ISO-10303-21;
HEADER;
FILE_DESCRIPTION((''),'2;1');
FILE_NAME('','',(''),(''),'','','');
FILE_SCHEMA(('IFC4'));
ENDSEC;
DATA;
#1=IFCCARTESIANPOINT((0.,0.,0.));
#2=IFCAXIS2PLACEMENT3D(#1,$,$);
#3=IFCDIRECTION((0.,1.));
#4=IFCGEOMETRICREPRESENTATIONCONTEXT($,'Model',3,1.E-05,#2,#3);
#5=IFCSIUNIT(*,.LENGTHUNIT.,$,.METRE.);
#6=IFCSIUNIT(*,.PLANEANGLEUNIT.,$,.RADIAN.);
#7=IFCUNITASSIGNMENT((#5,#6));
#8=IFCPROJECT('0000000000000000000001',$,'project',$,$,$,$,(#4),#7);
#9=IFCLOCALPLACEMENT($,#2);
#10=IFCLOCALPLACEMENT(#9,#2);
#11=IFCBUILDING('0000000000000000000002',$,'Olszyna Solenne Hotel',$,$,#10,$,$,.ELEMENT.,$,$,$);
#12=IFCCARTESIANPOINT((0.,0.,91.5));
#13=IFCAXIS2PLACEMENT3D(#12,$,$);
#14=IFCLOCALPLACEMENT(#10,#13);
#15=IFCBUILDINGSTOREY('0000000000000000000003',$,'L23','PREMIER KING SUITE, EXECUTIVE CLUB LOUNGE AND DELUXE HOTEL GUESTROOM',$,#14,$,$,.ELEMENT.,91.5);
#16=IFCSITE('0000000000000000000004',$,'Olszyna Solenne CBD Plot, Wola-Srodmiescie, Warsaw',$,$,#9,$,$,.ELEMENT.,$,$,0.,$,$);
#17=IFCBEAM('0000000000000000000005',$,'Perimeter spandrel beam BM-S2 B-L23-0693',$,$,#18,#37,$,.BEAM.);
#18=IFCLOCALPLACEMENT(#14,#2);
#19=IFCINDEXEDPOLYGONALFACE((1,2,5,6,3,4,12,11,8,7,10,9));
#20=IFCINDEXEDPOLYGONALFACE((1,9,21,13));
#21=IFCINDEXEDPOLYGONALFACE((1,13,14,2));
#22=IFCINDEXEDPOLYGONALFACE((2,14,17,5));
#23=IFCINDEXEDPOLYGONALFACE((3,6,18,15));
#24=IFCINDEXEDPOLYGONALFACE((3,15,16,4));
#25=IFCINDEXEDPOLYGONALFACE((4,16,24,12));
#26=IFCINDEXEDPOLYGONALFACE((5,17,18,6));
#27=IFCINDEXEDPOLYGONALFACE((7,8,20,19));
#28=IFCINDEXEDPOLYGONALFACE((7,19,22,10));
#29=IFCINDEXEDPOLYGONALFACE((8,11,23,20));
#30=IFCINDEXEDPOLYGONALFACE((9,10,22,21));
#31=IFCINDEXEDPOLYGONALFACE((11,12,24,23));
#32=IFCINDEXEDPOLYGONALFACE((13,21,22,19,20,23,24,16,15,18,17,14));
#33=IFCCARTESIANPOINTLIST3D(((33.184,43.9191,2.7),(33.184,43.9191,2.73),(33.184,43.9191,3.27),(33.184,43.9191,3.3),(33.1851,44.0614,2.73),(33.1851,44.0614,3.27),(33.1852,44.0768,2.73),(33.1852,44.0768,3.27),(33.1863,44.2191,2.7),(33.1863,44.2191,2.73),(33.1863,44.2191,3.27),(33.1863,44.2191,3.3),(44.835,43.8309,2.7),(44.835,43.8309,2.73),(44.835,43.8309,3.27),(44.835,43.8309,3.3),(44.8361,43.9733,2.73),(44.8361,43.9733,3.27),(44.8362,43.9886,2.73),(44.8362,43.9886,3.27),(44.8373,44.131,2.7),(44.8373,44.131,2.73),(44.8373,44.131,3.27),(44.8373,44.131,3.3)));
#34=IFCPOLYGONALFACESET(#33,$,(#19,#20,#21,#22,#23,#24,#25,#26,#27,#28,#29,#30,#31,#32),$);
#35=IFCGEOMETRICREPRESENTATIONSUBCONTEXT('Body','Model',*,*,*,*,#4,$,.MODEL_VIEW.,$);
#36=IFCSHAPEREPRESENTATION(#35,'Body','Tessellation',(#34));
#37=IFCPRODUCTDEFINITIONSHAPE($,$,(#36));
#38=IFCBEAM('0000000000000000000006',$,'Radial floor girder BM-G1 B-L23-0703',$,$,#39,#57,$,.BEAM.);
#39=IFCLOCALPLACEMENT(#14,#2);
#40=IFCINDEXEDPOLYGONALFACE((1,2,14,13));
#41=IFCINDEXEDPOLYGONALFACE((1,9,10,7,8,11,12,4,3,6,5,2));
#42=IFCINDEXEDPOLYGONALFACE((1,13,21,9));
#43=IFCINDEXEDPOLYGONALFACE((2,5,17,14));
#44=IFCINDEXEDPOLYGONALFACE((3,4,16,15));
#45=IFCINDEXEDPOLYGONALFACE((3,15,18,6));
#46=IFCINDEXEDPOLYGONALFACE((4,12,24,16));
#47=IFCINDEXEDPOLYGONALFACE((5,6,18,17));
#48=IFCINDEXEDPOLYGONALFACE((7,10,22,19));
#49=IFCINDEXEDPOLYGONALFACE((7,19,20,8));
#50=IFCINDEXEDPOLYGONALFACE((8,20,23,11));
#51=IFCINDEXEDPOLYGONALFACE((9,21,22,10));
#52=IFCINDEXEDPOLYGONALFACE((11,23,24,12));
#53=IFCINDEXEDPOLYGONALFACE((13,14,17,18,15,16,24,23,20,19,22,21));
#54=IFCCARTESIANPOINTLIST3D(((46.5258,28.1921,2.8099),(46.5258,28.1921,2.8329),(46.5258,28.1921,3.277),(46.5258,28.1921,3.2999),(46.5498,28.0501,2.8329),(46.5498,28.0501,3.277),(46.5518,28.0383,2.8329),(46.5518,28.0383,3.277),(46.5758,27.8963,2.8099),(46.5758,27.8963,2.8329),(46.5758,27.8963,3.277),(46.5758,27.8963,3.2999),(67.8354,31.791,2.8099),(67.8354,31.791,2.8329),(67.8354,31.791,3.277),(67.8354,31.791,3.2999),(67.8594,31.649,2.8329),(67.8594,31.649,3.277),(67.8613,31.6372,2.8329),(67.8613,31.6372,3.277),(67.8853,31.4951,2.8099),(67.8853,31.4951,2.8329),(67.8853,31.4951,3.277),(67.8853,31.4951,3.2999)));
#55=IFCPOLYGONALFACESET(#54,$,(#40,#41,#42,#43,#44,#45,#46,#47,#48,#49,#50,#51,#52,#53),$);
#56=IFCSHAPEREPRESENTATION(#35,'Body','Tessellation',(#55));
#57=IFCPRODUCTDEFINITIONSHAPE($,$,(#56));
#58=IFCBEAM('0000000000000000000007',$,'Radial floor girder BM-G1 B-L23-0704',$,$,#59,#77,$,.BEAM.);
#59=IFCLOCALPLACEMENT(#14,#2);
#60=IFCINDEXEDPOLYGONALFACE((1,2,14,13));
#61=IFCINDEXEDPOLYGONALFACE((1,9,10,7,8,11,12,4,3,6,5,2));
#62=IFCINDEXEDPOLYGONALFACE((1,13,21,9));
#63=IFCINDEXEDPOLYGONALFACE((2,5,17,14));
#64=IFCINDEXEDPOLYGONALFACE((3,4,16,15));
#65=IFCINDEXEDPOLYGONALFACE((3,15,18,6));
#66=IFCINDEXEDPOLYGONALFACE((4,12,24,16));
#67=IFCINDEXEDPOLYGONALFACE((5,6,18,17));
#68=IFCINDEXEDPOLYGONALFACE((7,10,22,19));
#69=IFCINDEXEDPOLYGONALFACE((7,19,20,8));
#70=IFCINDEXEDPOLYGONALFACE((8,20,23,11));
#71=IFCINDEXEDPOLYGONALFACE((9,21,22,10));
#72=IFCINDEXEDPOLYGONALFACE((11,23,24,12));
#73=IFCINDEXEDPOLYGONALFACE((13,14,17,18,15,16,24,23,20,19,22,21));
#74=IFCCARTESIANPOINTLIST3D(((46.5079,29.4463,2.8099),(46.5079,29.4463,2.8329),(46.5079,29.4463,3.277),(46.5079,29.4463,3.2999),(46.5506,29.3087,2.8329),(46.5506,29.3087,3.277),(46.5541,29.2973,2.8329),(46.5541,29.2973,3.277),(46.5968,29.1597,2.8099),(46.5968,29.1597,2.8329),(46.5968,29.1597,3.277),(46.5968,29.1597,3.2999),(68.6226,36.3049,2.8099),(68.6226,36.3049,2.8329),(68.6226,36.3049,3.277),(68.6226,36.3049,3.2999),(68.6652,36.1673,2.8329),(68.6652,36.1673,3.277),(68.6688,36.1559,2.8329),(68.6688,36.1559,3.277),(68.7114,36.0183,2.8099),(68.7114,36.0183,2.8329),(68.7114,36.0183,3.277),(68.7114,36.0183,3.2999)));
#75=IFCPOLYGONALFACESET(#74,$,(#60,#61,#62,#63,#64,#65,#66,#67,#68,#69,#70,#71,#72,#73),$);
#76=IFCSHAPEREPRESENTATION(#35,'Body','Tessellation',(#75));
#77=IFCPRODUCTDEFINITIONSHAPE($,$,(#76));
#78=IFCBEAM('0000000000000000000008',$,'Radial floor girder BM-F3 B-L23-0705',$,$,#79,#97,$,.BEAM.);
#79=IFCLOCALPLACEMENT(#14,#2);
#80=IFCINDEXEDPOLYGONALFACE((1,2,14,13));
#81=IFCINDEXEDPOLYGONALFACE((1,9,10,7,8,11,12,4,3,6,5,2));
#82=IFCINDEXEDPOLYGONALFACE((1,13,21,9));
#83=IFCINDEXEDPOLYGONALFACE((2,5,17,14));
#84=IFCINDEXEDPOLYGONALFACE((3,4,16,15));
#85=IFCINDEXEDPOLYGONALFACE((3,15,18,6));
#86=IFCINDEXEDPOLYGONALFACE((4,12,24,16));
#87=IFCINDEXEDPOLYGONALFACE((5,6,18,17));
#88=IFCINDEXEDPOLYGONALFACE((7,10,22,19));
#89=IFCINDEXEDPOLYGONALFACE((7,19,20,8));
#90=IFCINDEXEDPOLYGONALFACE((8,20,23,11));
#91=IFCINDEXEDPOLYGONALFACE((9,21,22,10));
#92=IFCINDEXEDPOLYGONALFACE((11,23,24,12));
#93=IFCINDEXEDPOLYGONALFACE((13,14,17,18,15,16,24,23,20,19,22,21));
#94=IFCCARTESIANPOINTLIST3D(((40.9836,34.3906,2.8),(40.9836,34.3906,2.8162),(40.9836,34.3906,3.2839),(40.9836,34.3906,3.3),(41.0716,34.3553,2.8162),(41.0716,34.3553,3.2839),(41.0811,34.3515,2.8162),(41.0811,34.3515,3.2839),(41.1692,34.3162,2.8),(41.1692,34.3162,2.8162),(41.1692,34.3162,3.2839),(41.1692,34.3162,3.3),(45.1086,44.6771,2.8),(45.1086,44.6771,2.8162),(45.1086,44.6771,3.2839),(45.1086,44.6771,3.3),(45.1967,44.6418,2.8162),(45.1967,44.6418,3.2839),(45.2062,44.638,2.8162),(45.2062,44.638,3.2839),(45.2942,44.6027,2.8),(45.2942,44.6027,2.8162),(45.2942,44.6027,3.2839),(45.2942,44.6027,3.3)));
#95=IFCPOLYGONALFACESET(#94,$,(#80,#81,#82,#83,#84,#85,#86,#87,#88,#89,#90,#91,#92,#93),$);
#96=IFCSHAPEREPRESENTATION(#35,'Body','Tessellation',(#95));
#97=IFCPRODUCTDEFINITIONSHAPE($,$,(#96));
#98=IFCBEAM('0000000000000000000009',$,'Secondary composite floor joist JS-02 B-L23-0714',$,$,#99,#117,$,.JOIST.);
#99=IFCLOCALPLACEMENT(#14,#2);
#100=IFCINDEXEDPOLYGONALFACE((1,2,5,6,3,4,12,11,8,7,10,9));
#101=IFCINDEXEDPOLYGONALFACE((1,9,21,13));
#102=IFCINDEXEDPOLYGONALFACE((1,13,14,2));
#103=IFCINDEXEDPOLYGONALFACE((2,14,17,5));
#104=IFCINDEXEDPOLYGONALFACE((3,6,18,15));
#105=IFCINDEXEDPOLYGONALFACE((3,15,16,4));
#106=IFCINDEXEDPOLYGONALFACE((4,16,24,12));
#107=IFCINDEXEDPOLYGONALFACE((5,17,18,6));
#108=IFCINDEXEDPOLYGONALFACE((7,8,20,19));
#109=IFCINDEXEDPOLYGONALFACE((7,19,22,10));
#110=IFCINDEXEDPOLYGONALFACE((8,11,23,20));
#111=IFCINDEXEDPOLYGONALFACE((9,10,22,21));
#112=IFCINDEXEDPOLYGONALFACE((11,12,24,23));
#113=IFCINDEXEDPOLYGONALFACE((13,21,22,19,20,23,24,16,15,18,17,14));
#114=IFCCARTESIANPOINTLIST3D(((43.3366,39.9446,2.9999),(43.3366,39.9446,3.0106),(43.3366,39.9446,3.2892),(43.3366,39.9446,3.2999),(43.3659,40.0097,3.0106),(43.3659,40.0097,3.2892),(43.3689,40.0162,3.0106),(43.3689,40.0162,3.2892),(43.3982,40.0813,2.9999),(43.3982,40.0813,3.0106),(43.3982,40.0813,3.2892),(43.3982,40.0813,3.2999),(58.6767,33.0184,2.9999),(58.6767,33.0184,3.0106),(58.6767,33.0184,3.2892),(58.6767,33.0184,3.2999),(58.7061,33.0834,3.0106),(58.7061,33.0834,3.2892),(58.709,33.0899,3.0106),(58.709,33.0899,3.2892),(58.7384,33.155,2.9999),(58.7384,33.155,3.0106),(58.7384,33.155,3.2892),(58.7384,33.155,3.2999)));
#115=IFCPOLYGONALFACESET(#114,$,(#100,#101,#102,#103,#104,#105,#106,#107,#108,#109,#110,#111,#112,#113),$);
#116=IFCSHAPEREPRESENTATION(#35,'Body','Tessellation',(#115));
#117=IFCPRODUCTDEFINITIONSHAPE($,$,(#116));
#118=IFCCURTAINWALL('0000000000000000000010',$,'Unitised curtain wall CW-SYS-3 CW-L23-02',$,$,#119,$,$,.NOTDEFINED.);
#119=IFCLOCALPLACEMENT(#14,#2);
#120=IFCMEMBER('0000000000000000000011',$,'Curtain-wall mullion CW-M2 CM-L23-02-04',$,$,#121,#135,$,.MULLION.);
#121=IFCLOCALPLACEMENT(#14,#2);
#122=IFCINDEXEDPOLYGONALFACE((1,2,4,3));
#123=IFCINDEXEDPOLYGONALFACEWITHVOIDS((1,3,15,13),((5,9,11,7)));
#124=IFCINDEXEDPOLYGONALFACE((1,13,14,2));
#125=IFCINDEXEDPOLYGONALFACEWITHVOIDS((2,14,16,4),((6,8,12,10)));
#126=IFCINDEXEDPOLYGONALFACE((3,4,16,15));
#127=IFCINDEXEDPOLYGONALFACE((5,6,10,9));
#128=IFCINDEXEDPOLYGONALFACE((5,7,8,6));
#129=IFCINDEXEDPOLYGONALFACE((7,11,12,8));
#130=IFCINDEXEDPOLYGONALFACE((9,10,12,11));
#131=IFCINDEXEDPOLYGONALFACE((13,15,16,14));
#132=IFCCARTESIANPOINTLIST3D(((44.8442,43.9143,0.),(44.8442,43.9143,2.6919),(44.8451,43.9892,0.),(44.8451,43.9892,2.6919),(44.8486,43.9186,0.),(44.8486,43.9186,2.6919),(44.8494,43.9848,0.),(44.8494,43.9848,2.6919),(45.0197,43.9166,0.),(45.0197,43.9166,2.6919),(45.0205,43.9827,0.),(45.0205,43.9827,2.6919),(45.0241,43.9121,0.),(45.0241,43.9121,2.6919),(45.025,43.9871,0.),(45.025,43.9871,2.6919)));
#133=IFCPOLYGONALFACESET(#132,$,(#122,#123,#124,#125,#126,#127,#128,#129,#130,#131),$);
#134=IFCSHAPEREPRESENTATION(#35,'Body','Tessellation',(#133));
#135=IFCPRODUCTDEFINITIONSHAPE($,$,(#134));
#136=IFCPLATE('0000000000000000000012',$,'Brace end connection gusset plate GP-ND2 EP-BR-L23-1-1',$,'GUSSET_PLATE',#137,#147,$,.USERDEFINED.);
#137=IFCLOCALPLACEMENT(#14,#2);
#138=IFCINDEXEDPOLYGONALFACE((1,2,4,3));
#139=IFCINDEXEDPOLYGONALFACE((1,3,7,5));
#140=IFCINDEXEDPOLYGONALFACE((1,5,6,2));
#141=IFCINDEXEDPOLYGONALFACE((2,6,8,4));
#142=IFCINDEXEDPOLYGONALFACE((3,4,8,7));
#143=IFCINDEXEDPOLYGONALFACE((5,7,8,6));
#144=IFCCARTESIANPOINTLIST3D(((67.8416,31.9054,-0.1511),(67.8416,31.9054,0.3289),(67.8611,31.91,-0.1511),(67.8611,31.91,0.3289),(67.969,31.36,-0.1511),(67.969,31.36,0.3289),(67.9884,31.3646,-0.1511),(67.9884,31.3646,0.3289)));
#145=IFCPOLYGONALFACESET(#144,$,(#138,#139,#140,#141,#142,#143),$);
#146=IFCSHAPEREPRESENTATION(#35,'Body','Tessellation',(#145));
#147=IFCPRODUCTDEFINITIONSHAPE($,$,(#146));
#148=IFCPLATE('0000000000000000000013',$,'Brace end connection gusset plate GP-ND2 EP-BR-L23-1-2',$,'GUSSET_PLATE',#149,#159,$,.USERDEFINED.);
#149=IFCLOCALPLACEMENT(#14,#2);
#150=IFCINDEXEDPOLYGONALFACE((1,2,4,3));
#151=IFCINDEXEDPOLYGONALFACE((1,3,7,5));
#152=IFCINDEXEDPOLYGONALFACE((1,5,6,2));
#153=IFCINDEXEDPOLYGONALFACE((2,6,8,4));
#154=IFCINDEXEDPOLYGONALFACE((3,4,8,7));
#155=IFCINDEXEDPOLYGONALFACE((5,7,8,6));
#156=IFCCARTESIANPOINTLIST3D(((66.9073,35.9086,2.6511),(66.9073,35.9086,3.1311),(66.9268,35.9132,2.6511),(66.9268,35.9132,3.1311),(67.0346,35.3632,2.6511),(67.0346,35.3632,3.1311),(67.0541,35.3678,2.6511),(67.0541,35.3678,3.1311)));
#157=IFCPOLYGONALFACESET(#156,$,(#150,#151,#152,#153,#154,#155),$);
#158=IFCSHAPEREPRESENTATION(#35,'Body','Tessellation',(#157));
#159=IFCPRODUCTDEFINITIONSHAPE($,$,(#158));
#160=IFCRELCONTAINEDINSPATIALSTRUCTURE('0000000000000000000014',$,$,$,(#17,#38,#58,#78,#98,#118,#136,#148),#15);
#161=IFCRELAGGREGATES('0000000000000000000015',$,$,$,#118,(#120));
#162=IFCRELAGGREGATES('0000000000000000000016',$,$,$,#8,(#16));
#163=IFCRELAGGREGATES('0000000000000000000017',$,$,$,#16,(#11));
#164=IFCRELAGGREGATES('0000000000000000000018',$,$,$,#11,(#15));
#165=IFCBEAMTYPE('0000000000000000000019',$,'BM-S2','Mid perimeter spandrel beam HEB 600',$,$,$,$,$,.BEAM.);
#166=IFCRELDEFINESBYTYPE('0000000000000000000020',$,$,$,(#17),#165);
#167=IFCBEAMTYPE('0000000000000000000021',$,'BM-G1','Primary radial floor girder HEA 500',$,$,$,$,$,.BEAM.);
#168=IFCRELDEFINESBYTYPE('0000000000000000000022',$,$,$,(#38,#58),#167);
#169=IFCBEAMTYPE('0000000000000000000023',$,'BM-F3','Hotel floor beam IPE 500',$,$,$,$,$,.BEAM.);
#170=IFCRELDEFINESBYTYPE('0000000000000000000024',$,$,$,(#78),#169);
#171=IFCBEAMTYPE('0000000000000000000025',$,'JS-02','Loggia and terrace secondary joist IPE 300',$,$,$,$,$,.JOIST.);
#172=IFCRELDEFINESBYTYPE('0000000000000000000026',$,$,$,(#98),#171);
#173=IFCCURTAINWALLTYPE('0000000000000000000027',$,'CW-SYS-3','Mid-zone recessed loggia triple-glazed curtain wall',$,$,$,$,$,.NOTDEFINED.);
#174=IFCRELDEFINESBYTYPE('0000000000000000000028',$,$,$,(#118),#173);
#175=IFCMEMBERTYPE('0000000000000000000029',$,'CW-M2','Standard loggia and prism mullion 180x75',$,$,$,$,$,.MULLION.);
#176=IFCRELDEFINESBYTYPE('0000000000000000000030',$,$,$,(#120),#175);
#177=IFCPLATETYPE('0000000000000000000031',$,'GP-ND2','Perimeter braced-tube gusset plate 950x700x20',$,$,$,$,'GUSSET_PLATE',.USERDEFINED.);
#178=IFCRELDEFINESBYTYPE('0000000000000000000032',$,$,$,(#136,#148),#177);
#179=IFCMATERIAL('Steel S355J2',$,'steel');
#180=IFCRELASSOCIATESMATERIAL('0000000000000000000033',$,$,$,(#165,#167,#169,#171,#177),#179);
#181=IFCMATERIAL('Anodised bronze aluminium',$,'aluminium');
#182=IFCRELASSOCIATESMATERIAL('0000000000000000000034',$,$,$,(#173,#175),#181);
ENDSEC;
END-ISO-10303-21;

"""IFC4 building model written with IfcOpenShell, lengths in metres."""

from ifc_helpers import new_model, si_unit, direction, frame, origin, origin_2d, place, context, subcontext, project, spatial, rectangle, hollow_rectangle, i_section, extrude, source, transform, mapped, material, material_profile, profile_set, type_object, element, aggregate, save


model = new_model("IFC4")

# Units and contexts
model_context = context("Model", 3, precision=1e-05, world=origin(), true_north=direction((0.0, 1.0)))
body_context = subcontext(model_context, "Body", "Model", "MODEL_VIEW")
ifc_project = project(units=[si_unit("LENGTHUNIT", "METRE"), si_unit("PLANEANGLEUNIT", "RADIAN")], contexts=[model_context])

# Site, building, storey
site_placement = place(None, origin())
site = spatial("IfcSite", under=ifc_project, at=site_placement, Name="Olszyna Solenne CBD Plot, Wola-Srodmiescie, Warsaw", CompositionType="ELEMENT", RefElevation=0.0)
building_placement = place(site_placement, origin())
building = spatial("IfcBuilding", under=site, at=building_placement, Name="Olszyna Solenne Hotel", CompositionType="ELEMENT")
storey_placement = place(building_placement, frame((0.0, 0.0, 91.5)))
storey = spatial("IfcBuildingStorey", under=building, at=storey_placement, Name="L23", Description="PREMIER KING SUITE, EXECUTIVE CLUB LOUNGE AND DELUXE HOTEL GUESTROOM", CompositionType="ELEMENT", Elevation=91.5)

# Shared definitions
ifc_material_1 = material(Name="Steel S355J2", Category="steel")
ifc_material_profile_1 = material_profile(ifc_material_1, i_section(OverallWidth=0.3, OverallDepth=0.6001, WebThickness=0.0154, FlangeThickness=0.03, at=origin_2d()), Name="HEB 600", Category="load-bearing")
ifc_profile_set_1 = profile_set([ifc_material_profile_1], Name="Steel S355J2")
beam_type_1 = type_object("IfcBeamType", Name="BM-S2", Description="Mid perimeter spandrel beam HEB 600", PredefinedType="BEAM", material=ifc_profile_set_1)

# Beams
shared_shape_1 = source(origin(), body_context, "Body", "SweptSolid", [
    extrude(i_section(OverallWidth=0.3, OverallDepth=0.6001, WebThickness=0.0154, FlangeThickness=0.03, at=origin_2d()), origin(), (0.0, 0.0, 1.0), 11.6514),
])
beam_1_placement = place(storey_placement, frame((44.8362, 43.981, 3.0), z_axis=(-0.999971, 0.007564, 0.0), x_axis=(-0.007564, -0.999971, 0.0)))
element("IfcBeam", 1, at=beam_1_placement, inside=storey, type_object=beam_type_1, Name="Perimeter spandrel beam BM-S2 B-L23-0693", PredefinedType="BEAM", context=body_context, shape_type="MappedRepresentation", body=[
    mapped(shared_shape_1, transform((0.0, 0.0, 0.0), x_axis=(1.0, 0.0, 0.0), y_axis=(0.0, 1.0, 0.0), z_axis=(0.0, 0.0, 1.0), scale=1.0)),
])
ifc_material_profile_2 = material_profile(ifc_material_1, i_section(OverallWidth=0.3, OverallDepth=0.49, WebThickness=0.012, FlangeThickness=0.0229, at=origin_2d()), Name="HEA 500", Category="load-bearing")
ifc_profile_set_2 = profile_set([ifc_material_profile_2], Name="Steel S355J2")
beam_type_2 = type_object("IfcBeamType", Name="BM-G1", Description="Primary radial floor girder HEA 500", PredefinedType="BEAM", material=ifc_profile_set_2)
shared_shape_2 = source(origin(), body_context, "Body", "SweptSolid", [
    extrude(i_section(OverallWidth=0.3, OverallDepth=0.49, WebThickness=0.012, FlangeThickness=0.0229, at=origin_2d()), origin(), (0.0, 0.0, 1.0), 21.6113),
])
beam_2_placement = place(storey_placement, frame((67.8604, 31.6431, 3.0549), z_axis=(-0.986037, -0.166527, 0.0), x_axis=(0.166527, -0.986037, 0.0)))
element("IfcBeam", 2, at=beam_2_placement, inside=storey, type_object=beam_type_2, Name="Radial floor girder BM-G1 B-L23-0703", PredefinedType="BEAM", context=body_context, shape_type="MappedRepresentation", body=[
    mapped(shared_shape_2, transform((0.0, 0.0, 0.0), x_axis=(1.0, 0.0, 0.0), y_axis=(0.0, 1.0, 0.0), z_axis=(0.0, 0.0, 1.0), scale=1.0)),
])
shared_shape_3 = source(origin(), body_context, "Body", "SweptSolid", [
    extrude(i_section(OverallWidth=0.3, OverallDepth=0.49, WebThickness=0.012, FlangeThickness=0.0229, at=origin_2d()), origin(), (0.0, 0.0, 1.0), 23.1538),
])
beam_3_placement = place(storey_placement, frame((68.667, 36.1616, 3.0549), z_axis=(-0.95512, -0.29622, 0.0), x_axis=(0.29622, -0.95512, 0.0)))
element("IfcBeam", 3, at=beam_3_placement, inside=storey, type_object=beam_type_2, Name="Radial floor girder BM-G1 B-L23-0704", PredefinedType="BEAM", context=body_context, shape_type="MappedRepresentation", body=[
    mapped(shared_shape_3, transform((0.0, 0.0, 0.0), x_axis=(1.0, 0.0, 0.0), y_axis=(0.0, 1.0, 0.0), z_axis=(0.0, 0.0, 1.0), scale=1.0)),
])
ifc_material_profile_3 = material_profile(ifc_material_1, i_section(OverallWidth=0.2, OverallDepth=0.5, WebThickness=0.0103, FlangeThickness=0.0161, at=origin_2d()), Name="IPE 500", Category="load-bearing")
ifc_profile_set_3 = profile_set([ifc_material_profile_3], Name="Steel S355J2")
beam_type_3 = type_object("IfcBeamType", Name="BM-F3", Description="Hotel floor beam IPE 500", PredefinedType="BEAM", material=ifc_profile_set_3)
shared_shape_4 = source(origin(), body_context, "Body", "SweptSolid", [
    extrude(i_section(OverallWidth=0.2, OverallDepth=0.5, WebThickness=0.0103, FlangeThickness=0.0161, at=origin_2d()), origin(), (0.0, 0.0, 1.0), 11.0828),
])
beam_4_placement = place(storey_placement, frame((45.2014, 44.6399, 3.05), z_axis=(-0.372203, -0.928151, 0.0), x_axis=(0.928151, -0.372203, 0.0)))
element("IfcBeam", 4, at=beam_4_placement, inside=storey, type_object=beam_type_3, Name="Radial floor girder BM-F3 B-L23-0705", PredefinedType="BEAM", context=body_context, shape_type="MappedRepresentation", body=[
    mapped(shared_shape_4, transform((0.0, 0.0, 0.0), x_axis=(1.0, 0.0, 0.0), y_axis=(0.0, 1.0, 0.0), z_axis=(0.0, 0.0, 1.0), scale=1.0)),
])
ifc_material_profile_4 = material_profile(ifc_material_1, i_section(OverallWidth=0.1499, OverallDepth=0.3, WebThickness=0.0071, FlangeThickness=0.0107, at=origin_2d()), Name="IPE 300", Category="load-bearing")
ifc_profile_set_4 = profile_set([ifc_material_profile_4], Name="Steel S355J2")
beam_type_4 = type_object("IfcBeamType", Name="JS-02", Description="Loggia and terrace secondary joist IPE 300", PredefinedType="JOIST", material=ifc_profile_set_4)
shared_shape_5 = source(origin(), body_context, "Body", "SweptSolid", [
    extrude(i_section(OverallWidth=0.1499, OverallDepth=0.3, WebThickness=0.0071, FlangeThickness=0.0107, at=origin_2d()), origin(), (0.0, 0.0, 1.0), 16.8313),
])
beam_5_placement = place(storey_placement, frame((58.7075, 33.0867, 3.1499), z_axis=(-0.911404, 0.411512, 0.0), x_axis=(-0.411512, -0.911404, 0.0)))
element("IfcBeam", 5, at=beam_5_placement, inside=storey, type_object=beam_type_4, Name="Secondary composite floor joist JS-02 B-L23-0714", PredefinedType="JOIST", context=body_context, shape_type="MappedRepresentation", body=[
    mapped(shared_shape_5, transform((0.0, 0.0, 0.0), x_axis=(1.0, 0.0, 0.0), y_axis=(0.0, 1.0, 0.0), z_axis=(0.0, 0.0, 1.0), scale=1.0)),
])

# Curtain wall, member
ifc_material_2 = material(Name="Anodised bronze aluminium", Category="aluminium")
curtain_wall_type = type_object("IfcCurtainWallType", Name="CW-SYS-3", Description="Mid-zone recessed loggia triple-glazed curtain wall", PredefinedType="NOTDEFINED", material=ifc_material_2)
curtain_wall_placement = place(storey_placement, origin())
curtain_wall = element("IfcCurtainWall", 6, at=curtain_wall_placement, inside=storey, type_object=curtain_wall_type, Name="Unitised curtain wall CW-SYS-3 CW-L23-02", PredefinedType="NOTDEFINED")
ifc_material_profile_5 = material_profile(ifc_material_2, hollow_rectangle(XDim=0.075, YDim=0.1799, WallThickness=0.0044, at=origin_2d()), Name="MULL 180x75x4.5", Category="load-bearing")
ifc_profile_set_5 = profile_set([ifc_material_profile_5], Name="Anodised bronze aluminium")
member_type_1 = type_object("IfcMemberType", Name="CW-M2", Description="Standard loggia and prism mullion 180x75", PredefinedType="MULLION", material=ifc_profile_set_5)
shared_shape_6 = source(origin(), body_context, "Body", "SweptSolid", [
    extrude(hollow_rectangle(XDim=0.075, YDim=0.1799, WallThickness=0.0044, at=origin_2d()), origin(), (0.0, 0.0, 1.0), 2.6919),
])
member_1_placement = place(storey_placement, frame((44.9346, 43.9507, 0.0), z_axis=(0.0, 0.0, 1.0), x_axis=(0.011927, 0.999929, 0.0)))
member_1 = element("IfcMember", 7, at=member_1_placement, type_object=member_type_1, Name="Curtain-wall mullion CW-M2 CM-L23-02-04", PredefinedType="MULLION", context=body_context, shape_type="MappedRepresentation", body=[
    mapped(shared_shape_6, transform((0.0, 0.0, 0.0), x_axis=(1.0, 0.0, 0.0), y_axis=(0.0, 1.0, 0.0), z_axis=(0.0, 0.0, 1.0), scale=1.0)),
])

# Plates
plate_type_1 = type_object("IfcPlateType", Name="GP-ND2", Description="Perimeter braced-tube gusset plate 950x700x20", ElementType="GUSSET_PLATE", PredefinedType="USERDEFINED", material=ifc_material_1)
shared_shape_7 = source(origin(), body_context, "Body", "SweptSolid", [
    extrude(rectangle(XDim=0.5601, YDim=0.02, at=origin_2d()), origin(), (0.0, 0.0, 1.0), 0.48),
])
for number, where, z_axis, x_axis, name in (
    (8, (67.915, 31.635, -0.1511), (0.0, 0.0, 1.0), (-0.227331, 0.973817, 0.0), "Brace end connection gusset plate GP-ND2 EP-BR-L23-1-1"),
    (9, (66.9807, 35.6382, 2.6511), (0.0, 0.0, 1.0), (-0.227331, 0.973817, 0.0), "Brace end connection gusset plate GP-ND2 EP-BR-L23-1-2"),
):
    element("IfcPlate", number, at=place(storey_placement, frame(where, z_axis=z_axis, x_axis=x_axis)), inside=storey, type_object=plate_type_1, Name=name, ObjectType="GUSSET_PLATE", PredefinedType="USERDEFINED", context=body_context, shape_type="MappedRepresentation", body=[
        mapped(shared_shape_7, transform((0.0, 0.0, 0.0), x_axis=(1.0, 0.0, 0.0), y_axis=(0.0, 1.0, 0.0), z_axis=(0.0, 0.0, 1.0), scale=1.0)),
    ])

aggregate(curtain_wall, [member_1])

save(model, "model.ifc")
